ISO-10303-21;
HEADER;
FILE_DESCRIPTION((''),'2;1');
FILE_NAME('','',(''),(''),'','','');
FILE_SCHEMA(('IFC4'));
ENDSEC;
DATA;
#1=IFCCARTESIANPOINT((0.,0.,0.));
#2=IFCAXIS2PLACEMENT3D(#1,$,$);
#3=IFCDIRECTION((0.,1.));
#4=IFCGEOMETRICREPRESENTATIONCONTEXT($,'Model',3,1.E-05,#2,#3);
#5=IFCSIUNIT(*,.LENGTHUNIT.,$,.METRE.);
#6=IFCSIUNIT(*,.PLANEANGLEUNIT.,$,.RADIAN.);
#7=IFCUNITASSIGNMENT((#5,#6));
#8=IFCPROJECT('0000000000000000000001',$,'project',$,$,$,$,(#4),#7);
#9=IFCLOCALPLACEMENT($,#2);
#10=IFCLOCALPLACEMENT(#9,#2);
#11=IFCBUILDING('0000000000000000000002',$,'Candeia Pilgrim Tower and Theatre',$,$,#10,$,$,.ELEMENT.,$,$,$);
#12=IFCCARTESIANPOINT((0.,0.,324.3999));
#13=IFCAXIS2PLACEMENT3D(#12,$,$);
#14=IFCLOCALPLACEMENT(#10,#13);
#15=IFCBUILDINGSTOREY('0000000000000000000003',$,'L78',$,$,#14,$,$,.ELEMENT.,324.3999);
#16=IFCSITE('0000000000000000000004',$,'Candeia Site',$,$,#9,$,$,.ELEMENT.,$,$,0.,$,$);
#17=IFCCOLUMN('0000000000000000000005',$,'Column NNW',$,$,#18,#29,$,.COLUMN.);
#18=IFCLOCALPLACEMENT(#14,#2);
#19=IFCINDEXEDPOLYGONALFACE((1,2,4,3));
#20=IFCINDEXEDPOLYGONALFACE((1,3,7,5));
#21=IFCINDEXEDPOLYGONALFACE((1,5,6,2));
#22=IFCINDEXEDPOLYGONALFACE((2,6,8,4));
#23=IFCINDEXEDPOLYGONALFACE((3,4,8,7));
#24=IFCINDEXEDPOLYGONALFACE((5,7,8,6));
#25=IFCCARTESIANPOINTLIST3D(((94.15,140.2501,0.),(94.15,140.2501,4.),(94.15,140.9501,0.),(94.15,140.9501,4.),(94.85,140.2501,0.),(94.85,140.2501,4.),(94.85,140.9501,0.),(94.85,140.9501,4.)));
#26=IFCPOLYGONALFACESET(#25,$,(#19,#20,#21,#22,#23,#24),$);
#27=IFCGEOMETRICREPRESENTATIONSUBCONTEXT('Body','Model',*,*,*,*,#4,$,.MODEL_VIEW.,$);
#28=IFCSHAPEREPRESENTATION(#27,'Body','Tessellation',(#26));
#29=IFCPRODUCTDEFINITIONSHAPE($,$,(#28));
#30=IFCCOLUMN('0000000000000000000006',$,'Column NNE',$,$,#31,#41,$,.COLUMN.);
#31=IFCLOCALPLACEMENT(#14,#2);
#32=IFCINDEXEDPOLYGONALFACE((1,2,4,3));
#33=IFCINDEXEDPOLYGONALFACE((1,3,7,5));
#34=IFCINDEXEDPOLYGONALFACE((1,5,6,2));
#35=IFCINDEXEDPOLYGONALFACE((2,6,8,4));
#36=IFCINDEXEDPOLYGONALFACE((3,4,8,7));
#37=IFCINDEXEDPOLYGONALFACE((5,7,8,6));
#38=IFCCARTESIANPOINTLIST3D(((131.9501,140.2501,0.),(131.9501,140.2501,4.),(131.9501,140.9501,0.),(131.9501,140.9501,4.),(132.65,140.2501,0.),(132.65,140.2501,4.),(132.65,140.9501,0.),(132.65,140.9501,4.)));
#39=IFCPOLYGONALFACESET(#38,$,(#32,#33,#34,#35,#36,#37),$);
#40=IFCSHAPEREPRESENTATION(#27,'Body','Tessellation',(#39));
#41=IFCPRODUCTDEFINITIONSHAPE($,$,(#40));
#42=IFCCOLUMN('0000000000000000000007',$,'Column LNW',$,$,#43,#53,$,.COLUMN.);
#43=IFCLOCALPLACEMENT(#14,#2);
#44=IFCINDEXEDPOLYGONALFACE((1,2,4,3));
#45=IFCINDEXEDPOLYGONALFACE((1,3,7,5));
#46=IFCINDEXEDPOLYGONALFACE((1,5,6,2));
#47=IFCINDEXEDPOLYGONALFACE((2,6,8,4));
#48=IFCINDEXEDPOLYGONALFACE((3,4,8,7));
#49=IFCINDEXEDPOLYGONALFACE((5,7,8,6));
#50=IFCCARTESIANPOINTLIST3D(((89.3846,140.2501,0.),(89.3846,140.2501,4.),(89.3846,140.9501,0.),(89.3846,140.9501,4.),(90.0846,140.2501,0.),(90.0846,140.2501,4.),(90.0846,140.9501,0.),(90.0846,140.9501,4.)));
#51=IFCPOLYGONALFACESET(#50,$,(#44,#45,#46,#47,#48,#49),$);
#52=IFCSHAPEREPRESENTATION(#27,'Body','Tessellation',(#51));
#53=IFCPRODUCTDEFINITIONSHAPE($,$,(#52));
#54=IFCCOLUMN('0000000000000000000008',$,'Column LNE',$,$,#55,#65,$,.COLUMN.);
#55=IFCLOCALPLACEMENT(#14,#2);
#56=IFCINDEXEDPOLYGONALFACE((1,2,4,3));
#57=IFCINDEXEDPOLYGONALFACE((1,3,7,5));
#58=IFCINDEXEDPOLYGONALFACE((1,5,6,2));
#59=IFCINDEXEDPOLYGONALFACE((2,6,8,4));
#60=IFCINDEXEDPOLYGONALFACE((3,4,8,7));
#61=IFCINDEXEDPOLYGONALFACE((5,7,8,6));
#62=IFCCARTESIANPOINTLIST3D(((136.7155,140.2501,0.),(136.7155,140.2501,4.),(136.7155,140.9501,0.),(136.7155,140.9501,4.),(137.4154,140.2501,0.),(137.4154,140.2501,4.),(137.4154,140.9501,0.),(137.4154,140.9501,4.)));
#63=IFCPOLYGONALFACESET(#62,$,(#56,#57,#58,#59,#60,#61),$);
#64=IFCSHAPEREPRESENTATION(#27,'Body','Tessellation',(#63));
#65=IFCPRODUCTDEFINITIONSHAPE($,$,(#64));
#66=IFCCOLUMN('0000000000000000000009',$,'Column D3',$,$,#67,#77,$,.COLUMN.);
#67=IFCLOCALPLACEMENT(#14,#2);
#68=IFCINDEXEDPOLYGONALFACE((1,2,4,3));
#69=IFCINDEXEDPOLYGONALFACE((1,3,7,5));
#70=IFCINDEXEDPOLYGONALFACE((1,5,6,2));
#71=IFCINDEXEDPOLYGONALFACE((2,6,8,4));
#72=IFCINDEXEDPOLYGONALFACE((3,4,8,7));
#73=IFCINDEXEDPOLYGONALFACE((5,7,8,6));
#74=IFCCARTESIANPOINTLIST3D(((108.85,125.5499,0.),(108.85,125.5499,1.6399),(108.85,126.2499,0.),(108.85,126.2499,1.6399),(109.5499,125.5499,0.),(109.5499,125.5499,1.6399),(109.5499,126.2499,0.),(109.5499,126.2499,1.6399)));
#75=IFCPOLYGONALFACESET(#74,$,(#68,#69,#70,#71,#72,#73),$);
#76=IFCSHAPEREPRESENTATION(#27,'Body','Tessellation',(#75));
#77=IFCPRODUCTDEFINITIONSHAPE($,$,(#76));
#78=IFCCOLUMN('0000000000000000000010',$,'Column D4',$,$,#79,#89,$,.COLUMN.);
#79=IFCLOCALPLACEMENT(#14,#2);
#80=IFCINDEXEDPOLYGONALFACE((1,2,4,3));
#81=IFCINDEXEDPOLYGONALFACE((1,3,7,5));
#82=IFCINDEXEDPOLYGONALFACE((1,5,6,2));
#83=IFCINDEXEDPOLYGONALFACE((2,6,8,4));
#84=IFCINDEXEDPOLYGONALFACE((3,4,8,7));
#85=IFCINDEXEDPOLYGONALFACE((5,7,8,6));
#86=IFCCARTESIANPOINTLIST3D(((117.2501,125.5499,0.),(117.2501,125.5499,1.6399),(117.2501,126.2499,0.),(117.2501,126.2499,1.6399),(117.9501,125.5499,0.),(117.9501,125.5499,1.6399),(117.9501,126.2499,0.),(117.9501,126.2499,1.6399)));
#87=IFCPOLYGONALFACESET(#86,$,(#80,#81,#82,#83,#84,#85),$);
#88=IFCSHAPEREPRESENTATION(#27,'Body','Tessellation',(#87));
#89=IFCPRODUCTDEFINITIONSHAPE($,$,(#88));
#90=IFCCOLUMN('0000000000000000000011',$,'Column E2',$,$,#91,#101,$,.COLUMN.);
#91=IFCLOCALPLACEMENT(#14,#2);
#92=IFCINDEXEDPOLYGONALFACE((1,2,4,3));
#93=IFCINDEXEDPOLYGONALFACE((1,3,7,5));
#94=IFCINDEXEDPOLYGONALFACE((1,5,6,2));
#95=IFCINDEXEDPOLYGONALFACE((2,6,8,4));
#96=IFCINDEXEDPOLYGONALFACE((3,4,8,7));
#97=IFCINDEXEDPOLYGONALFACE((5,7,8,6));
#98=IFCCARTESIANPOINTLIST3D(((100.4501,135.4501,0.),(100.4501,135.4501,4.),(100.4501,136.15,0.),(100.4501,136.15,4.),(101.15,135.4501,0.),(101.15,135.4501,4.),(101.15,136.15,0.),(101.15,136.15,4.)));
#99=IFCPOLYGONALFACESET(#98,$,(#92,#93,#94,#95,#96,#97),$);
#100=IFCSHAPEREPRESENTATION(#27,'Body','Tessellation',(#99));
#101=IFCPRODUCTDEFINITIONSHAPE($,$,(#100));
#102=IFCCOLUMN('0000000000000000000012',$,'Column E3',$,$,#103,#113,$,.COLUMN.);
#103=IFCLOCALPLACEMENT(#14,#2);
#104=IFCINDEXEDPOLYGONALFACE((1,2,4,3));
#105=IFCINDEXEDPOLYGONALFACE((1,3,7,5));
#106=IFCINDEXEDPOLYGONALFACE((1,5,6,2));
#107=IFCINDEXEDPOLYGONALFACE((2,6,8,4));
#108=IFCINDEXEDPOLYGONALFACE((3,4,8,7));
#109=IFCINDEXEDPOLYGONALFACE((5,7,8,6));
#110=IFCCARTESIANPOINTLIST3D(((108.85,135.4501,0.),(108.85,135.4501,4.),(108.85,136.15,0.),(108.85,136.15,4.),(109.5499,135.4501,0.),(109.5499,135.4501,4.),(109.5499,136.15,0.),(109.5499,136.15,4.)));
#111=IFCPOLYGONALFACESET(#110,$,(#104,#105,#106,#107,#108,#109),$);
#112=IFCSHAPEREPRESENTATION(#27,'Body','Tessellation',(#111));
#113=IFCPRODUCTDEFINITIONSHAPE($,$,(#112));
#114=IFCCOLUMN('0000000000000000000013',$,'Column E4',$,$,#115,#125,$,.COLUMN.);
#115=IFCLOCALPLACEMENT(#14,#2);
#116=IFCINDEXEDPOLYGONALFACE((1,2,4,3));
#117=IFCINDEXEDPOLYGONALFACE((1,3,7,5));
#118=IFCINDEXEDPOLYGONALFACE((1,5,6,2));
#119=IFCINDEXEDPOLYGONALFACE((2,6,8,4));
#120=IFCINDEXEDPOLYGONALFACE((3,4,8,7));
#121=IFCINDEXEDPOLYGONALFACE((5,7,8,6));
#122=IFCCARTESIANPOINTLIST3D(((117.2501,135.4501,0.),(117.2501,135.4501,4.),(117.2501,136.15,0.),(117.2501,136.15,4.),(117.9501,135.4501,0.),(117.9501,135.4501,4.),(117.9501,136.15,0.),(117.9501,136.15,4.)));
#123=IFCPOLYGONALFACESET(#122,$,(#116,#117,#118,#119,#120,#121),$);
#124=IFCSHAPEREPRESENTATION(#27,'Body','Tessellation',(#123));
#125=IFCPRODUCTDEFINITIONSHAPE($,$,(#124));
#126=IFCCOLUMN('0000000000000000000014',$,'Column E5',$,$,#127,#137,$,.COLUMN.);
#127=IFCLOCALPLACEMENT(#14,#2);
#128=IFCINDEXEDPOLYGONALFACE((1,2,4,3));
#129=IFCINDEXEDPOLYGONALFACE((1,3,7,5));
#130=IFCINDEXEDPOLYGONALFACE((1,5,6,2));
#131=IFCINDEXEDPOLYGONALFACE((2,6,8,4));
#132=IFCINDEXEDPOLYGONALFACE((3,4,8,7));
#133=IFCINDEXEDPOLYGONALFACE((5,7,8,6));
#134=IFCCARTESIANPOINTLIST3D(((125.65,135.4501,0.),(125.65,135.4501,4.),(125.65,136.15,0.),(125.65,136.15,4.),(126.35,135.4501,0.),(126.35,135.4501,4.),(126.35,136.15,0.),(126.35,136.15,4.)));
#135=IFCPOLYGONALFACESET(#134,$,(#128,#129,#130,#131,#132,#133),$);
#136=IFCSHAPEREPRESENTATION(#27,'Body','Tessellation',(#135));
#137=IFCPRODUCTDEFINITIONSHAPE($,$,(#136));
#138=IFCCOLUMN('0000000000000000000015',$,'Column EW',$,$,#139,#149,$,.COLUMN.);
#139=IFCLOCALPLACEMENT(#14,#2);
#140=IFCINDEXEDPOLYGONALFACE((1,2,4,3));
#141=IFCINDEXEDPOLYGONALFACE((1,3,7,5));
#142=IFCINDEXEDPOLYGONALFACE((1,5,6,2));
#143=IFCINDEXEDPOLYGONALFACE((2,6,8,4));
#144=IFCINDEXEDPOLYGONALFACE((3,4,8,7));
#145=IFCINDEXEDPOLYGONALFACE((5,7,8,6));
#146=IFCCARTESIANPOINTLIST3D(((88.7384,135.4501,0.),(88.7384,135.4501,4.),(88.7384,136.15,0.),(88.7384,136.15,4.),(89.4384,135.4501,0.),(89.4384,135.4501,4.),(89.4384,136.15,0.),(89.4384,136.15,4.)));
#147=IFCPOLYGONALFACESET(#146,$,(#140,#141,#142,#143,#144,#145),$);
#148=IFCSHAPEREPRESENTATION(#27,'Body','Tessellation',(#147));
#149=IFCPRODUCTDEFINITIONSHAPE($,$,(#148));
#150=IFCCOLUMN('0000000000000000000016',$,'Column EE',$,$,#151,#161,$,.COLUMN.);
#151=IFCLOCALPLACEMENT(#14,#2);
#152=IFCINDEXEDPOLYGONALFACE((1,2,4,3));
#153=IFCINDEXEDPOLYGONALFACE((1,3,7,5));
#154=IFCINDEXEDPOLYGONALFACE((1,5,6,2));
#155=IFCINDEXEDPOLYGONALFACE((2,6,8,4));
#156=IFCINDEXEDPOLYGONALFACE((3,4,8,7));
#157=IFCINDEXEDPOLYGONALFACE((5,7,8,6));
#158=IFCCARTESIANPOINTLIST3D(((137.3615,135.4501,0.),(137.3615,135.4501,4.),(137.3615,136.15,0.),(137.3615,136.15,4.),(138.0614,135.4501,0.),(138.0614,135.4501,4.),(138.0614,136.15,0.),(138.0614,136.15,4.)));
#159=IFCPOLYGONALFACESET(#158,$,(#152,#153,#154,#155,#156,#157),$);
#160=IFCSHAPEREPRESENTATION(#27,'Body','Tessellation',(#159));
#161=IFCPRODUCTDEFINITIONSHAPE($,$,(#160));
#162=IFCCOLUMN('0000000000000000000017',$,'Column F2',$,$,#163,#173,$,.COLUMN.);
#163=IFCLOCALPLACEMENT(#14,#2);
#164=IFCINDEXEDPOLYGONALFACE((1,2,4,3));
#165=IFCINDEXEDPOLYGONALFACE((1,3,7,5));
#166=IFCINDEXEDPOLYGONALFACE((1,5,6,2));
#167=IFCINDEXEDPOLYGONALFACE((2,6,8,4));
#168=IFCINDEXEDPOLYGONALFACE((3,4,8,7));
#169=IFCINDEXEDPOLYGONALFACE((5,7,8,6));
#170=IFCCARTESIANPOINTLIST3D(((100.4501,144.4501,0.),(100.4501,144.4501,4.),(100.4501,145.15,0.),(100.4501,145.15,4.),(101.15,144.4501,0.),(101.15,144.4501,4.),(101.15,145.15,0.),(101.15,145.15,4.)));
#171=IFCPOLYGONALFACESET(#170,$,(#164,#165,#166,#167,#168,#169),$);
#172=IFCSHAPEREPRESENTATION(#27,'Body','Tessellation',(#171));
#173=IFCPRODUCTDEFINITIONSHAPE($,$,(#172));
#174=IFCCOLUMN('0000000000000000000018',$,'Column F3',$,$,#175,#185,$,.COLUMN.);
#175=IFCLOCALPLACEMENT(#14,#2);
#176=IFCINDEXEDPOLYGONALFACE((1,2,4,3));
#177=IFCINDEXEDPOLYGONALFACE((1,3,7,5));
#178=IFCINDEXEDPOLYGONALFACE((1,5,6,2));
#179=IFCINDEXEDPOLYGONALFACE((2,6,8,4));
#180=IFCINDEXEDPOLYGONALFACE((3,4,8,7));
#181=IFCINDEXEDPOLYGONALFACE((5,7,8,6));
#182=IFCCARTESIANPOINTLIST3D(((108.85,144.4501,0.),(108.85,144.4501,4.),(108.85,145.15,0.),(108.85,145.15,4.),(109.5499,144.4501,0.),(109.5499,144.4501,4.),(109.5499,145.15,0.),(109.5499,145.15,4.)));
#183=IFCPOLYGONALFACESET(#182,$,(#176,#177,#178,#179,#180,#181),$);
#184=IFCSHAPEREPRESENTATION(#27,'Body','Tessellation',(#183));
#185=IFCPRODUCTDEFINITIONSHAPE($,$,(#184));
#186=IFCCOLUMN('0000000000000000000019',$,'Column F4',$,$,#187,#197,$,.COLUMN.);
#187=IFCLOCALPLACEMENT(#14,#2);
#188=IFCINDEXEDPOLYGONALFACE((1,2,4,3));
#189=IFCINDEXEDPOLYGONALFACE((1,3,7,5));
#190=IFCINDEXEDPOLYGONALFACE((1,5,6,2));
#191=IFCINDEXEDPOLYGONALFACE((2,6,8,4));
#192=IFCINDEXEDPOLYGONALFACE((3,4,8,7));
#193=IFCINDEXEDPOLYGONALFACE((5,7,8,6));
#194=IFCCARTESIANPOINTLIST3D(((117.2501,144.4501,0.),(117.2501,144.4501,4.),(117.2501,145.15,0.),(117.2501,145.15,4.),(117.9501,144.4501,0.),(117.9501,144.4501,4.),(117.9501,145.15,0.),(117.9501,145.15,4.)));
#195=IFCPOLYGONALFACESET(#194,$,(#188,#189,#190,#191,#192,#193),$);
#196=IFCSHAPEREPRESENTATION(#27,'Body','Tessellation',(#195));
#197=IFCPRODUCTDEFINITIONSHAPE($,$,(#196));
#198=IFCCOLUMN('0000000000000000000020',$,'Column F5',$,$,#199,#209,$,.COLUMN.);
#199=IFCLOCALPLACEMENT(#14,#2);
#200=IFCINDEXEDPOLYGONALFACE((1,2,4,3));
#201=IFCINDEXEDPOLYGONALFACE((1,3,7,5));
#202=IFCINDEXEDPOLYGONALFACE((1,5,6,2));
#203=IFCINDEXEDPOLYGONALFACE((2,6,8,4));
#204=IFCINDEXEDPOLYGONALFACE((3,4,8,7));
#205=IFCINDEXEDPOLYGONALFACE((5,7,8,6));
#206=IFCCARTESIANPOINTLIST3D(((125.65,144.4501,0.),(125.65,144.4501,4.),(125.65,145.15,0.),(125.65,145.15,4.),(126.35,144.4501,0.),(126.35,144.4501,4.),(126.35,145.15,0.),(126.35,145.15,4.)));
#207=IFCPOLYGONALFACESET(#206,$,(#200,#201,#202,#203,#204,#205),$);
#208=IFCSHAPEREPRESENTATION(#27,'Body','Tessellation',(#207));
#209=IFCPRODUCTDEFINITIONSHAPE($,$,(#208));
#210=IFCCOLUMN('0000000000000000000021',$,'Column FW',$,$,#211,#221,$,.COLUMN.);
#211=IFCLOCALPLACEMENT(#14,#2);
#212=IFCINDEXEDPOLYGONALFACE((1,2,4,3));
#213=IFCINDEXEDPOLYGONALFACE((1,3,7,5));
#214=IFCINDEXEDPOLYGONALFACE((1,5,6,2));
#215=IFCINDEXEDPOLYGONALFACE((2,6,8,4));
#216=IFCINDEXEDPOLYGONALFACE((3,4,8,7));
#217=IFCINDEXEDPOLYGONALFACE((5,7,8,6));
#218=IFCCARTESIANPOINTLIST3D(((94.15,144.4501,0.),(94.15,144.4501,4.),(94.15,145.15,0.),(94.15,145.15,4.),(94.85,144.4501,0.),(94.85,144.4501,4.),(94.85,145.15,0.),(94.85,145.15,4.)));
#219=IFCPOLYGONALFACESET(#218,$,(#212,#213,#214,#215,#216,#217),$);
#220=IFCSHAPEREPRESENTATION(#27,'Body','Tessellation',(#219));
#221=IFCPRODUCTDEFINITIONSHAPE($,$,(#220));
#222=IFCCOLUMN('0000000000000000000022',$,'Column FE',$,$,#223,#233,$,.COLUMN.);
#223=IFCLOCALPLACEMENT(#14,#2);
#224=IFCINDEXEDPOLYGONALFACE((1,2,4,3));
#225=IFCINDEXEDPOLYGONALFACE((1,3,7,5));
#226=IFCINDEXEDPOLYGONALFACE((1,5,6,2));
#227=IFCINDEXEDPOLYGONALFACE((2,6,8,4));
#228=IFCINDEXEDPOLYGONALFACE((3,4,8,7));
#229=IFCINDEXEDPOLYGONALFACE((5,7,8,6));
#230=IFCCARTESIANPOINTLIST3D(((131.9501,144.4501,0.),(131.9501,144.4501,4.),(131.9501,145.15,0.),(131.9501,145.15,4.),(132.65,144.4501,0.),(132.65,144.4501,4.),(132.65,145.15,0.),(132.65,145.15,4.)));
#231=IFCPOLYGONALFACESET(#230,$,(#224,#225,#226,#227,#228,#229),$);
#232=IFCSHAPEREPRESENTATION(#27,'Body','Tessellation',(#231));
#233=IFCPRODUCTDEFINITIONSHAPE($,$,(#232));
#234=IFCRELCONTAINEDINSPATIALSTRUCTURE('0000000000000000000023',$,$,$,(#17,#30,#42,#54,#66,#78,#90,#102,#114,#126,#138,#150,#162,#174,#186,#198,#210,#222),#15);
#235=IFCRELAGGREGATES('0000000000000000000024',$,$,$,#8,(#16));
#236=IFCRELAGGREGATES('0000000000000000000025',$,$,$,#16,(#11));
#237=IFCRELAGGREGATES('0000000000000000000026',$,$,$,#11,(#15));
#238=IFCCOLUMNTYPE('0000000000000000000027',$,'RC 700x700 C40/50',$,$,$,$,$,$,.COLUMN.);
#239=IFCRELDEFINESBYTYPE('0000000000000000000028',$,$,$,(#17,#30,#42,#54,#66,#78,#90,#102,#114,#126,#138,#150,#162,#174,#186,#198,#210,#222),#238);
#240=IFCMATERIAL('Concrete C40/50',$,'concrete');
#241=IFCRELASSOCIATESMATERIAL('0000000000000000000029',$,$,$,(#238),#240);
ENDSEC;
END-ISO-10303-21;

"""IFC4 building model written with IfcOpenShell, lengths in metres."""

from ifc_helpers import new_model, si_unit, direction, frame, origin, origin_2d, place, context, subcontext, project, spatial, rectangle, extrude, material, material_profile, profile_set, type_object, element, save


model = new_model("IFC4")

# Units and contexts
model_context = context("Model", 3, precision=1e-05, world=origin(), true_north=direction((0.0, 1.0)))
body_context = subcontext(model_context, "Body", "Model", "MODEL_VIEW")
ifc_project = project(units=[si_unit("LENGTHUNIT", "METRE"), si_unit("PLANEANGLEUNIT", "RADIAN")], contexts=[model_context])

# Site, building, storey
site_placement = place(None, origin())
site = spatial("IfcSite", under=ifc_project, at=site_placement, Name="Candeia Site", CompositionType="ELEMENT", RefElevation=0.0)
building_placement = place(site_placement, origin())
building = spatial("IfcBuilding", under=site, at=building_placement, Name="Candeia Pilgrim Tower and Theatre", CompositionType="ELEMENT")
storey_placement = place(building_placement, frame((0.0, 0.0, 324.3999)))
storey = spatial("IfcBuildingStorey", under=building, at=storey_placement, Name="L78", CompositionType="ELEMENT", Elevation=324.3999)

# Columns
ifc_material_1 = material(Name="Concrete C40/50", Category="concrete")
ifc_material_profile_1 = material_profile(ifc_material_1, rectangle(XDim=0.7, YDim=0.7, at=origin_2d()))
ifc_profile_set_1 = profile_set([ifc_material_profile_1], Name="Concrete C40/50")
column_type = type_object("IfcColumnType", Name="RC 700x700 C40/50", PredefinedType="COLUMN", material=ifc_profile_set_1)
for number, where, z_axis, x_axis, name in (
    (1, (94.5, 140.6001, 0.0), (0.0, 0.0, 1.0), (1.0, 0.0, 0.0), "Column NNW"),
    (2, (132.3, 140.6001, 0.0), (0.0, 0.0, 1.0), (1.0, 0.0, 0.0), "Column NNE"),
    (3, (89.7346, 140.6001, 0.0), (0.0, 0.0, 1.0), (1.0, 0.0, 0.0), "Column LNW"),
    (4, (137.0654, 140.6001, 0.0), (0.0, 0.0, 1.0), (1.0, 0.0, 0.0), "Column LNE"),
):
    element("IfcColumn", number, at=place(storey_placement, frame(where, z_axis=z_axis, x_axis=x_axis)), inside=storey, type_object=column_type, Name=name, PredefinedType="COLUMN", context=body_context, shape_type="SweptSolid", body=[
        extrude(rectangle(XDim=0.7, YDim=0.7, at=origin_2d()), origin(), (0.0, 0.0, 1.0), 4.0),
    ])
for number, where, z_axis, x_axis, name in (
    (5, (109.2, 125.8999, 0.0), (0.0, 0.0, 1.0), (1.0, 0.0, 0.0), "Column D3"),
    (6, (117.6001, 125.8999, 0.0), (0.0, 0.0, 1.0), (1.0, 0.0, 0.0), "Column D4"),
):
    element("IfcColumn", number, at=place(storey_placement, frame(where, z_axis=z_axis, x_axis=x_axis)), inside=storey, type_object=column_type, Name=name, PredefinedType="COLUMN", context=body_context, shape_type="SweptSolid", body=[
        extrude(rectangle(XDim=0.7, YDim=0.7, at=origin_2d()), origin(), (0.0, 0.0, 1.0), 1.6399),
    ])
for number, where, z_axis, x_axis, name in (
    (7, (100.8, 135.8, 0.0), (0.0, 0.0, 1.0), (1.0, 0.0, 0.0), "Column E2"),
    (8, (109.2, 135.8, 0.0), (0.0, 0.0, 1.0), (1.0, 0.0, 0.0), "Column E3"),
    (9, (117.6001, 135.8, 0.0), (0.0, 0.0, 1.0), (1.0, 0.0, 0.0), "Column E4"),
    (10, (126.0, 135.8, 0.0), (0.0, 0.0, 1.0), (1.0, 0.0, 0.0), "Column E5"),
    (11, (89.0884, 135.8, 0.0), (0.0, 0.0, 1.0), (1.0, 0.0, 0.0), "Column EW"),
    (12, (137.7114, 135.8, 0.0), (0.0, 0.0, 1.0), (1.0, 0.0, 0.0), "Column EE"),
    (13, (100.8, 144.8, 0.0), (0.0, 0.0, 1.0), (1.0, 0.0, 0.0), "Column F2"),
    (14, (109.2, 144.8, 0.0), (0.0, 0.0, 1.0), (1.0, 0.0, 0.0), "Column F3"),
    (15, (117.6001, 144.8, 0.0), (0.0, 0.0, 1.0), (1.0, 0.0, 0.0), "Column F4"),
    (16, (126.0, 144.8, 0.0), (0.0, 0.0, 1.0), (1.0, 0.0, 0.0), "Column F5"),
    (17, (94.5, 144.8, 0.0), (0.0, 0.0, 1.0), (1.0, 0.0, 0.0), "Column FW"),
    (18, (132.3, 144.8, 0.0), (0.0, 0.0, 1.0), (1.0, 0.0, 0.0), "Column FE"),
):
    element("IfcColumn", number, at=place(storey_placement, frame(where, z_axis=z_axis, x_axis=x_axis)), inside=storey, type_object=column_type, Name=name, PredefinedType="COLUMN", context=body_context, shape_type="SweptSolid", body=[
        extrude(rectangle(XDim=0.7, YDim=0.7, at=origin_2d()), origin(), (0.0, 0.0, 1.0), 4.0),
    ])

save(model, "model.ifc")
